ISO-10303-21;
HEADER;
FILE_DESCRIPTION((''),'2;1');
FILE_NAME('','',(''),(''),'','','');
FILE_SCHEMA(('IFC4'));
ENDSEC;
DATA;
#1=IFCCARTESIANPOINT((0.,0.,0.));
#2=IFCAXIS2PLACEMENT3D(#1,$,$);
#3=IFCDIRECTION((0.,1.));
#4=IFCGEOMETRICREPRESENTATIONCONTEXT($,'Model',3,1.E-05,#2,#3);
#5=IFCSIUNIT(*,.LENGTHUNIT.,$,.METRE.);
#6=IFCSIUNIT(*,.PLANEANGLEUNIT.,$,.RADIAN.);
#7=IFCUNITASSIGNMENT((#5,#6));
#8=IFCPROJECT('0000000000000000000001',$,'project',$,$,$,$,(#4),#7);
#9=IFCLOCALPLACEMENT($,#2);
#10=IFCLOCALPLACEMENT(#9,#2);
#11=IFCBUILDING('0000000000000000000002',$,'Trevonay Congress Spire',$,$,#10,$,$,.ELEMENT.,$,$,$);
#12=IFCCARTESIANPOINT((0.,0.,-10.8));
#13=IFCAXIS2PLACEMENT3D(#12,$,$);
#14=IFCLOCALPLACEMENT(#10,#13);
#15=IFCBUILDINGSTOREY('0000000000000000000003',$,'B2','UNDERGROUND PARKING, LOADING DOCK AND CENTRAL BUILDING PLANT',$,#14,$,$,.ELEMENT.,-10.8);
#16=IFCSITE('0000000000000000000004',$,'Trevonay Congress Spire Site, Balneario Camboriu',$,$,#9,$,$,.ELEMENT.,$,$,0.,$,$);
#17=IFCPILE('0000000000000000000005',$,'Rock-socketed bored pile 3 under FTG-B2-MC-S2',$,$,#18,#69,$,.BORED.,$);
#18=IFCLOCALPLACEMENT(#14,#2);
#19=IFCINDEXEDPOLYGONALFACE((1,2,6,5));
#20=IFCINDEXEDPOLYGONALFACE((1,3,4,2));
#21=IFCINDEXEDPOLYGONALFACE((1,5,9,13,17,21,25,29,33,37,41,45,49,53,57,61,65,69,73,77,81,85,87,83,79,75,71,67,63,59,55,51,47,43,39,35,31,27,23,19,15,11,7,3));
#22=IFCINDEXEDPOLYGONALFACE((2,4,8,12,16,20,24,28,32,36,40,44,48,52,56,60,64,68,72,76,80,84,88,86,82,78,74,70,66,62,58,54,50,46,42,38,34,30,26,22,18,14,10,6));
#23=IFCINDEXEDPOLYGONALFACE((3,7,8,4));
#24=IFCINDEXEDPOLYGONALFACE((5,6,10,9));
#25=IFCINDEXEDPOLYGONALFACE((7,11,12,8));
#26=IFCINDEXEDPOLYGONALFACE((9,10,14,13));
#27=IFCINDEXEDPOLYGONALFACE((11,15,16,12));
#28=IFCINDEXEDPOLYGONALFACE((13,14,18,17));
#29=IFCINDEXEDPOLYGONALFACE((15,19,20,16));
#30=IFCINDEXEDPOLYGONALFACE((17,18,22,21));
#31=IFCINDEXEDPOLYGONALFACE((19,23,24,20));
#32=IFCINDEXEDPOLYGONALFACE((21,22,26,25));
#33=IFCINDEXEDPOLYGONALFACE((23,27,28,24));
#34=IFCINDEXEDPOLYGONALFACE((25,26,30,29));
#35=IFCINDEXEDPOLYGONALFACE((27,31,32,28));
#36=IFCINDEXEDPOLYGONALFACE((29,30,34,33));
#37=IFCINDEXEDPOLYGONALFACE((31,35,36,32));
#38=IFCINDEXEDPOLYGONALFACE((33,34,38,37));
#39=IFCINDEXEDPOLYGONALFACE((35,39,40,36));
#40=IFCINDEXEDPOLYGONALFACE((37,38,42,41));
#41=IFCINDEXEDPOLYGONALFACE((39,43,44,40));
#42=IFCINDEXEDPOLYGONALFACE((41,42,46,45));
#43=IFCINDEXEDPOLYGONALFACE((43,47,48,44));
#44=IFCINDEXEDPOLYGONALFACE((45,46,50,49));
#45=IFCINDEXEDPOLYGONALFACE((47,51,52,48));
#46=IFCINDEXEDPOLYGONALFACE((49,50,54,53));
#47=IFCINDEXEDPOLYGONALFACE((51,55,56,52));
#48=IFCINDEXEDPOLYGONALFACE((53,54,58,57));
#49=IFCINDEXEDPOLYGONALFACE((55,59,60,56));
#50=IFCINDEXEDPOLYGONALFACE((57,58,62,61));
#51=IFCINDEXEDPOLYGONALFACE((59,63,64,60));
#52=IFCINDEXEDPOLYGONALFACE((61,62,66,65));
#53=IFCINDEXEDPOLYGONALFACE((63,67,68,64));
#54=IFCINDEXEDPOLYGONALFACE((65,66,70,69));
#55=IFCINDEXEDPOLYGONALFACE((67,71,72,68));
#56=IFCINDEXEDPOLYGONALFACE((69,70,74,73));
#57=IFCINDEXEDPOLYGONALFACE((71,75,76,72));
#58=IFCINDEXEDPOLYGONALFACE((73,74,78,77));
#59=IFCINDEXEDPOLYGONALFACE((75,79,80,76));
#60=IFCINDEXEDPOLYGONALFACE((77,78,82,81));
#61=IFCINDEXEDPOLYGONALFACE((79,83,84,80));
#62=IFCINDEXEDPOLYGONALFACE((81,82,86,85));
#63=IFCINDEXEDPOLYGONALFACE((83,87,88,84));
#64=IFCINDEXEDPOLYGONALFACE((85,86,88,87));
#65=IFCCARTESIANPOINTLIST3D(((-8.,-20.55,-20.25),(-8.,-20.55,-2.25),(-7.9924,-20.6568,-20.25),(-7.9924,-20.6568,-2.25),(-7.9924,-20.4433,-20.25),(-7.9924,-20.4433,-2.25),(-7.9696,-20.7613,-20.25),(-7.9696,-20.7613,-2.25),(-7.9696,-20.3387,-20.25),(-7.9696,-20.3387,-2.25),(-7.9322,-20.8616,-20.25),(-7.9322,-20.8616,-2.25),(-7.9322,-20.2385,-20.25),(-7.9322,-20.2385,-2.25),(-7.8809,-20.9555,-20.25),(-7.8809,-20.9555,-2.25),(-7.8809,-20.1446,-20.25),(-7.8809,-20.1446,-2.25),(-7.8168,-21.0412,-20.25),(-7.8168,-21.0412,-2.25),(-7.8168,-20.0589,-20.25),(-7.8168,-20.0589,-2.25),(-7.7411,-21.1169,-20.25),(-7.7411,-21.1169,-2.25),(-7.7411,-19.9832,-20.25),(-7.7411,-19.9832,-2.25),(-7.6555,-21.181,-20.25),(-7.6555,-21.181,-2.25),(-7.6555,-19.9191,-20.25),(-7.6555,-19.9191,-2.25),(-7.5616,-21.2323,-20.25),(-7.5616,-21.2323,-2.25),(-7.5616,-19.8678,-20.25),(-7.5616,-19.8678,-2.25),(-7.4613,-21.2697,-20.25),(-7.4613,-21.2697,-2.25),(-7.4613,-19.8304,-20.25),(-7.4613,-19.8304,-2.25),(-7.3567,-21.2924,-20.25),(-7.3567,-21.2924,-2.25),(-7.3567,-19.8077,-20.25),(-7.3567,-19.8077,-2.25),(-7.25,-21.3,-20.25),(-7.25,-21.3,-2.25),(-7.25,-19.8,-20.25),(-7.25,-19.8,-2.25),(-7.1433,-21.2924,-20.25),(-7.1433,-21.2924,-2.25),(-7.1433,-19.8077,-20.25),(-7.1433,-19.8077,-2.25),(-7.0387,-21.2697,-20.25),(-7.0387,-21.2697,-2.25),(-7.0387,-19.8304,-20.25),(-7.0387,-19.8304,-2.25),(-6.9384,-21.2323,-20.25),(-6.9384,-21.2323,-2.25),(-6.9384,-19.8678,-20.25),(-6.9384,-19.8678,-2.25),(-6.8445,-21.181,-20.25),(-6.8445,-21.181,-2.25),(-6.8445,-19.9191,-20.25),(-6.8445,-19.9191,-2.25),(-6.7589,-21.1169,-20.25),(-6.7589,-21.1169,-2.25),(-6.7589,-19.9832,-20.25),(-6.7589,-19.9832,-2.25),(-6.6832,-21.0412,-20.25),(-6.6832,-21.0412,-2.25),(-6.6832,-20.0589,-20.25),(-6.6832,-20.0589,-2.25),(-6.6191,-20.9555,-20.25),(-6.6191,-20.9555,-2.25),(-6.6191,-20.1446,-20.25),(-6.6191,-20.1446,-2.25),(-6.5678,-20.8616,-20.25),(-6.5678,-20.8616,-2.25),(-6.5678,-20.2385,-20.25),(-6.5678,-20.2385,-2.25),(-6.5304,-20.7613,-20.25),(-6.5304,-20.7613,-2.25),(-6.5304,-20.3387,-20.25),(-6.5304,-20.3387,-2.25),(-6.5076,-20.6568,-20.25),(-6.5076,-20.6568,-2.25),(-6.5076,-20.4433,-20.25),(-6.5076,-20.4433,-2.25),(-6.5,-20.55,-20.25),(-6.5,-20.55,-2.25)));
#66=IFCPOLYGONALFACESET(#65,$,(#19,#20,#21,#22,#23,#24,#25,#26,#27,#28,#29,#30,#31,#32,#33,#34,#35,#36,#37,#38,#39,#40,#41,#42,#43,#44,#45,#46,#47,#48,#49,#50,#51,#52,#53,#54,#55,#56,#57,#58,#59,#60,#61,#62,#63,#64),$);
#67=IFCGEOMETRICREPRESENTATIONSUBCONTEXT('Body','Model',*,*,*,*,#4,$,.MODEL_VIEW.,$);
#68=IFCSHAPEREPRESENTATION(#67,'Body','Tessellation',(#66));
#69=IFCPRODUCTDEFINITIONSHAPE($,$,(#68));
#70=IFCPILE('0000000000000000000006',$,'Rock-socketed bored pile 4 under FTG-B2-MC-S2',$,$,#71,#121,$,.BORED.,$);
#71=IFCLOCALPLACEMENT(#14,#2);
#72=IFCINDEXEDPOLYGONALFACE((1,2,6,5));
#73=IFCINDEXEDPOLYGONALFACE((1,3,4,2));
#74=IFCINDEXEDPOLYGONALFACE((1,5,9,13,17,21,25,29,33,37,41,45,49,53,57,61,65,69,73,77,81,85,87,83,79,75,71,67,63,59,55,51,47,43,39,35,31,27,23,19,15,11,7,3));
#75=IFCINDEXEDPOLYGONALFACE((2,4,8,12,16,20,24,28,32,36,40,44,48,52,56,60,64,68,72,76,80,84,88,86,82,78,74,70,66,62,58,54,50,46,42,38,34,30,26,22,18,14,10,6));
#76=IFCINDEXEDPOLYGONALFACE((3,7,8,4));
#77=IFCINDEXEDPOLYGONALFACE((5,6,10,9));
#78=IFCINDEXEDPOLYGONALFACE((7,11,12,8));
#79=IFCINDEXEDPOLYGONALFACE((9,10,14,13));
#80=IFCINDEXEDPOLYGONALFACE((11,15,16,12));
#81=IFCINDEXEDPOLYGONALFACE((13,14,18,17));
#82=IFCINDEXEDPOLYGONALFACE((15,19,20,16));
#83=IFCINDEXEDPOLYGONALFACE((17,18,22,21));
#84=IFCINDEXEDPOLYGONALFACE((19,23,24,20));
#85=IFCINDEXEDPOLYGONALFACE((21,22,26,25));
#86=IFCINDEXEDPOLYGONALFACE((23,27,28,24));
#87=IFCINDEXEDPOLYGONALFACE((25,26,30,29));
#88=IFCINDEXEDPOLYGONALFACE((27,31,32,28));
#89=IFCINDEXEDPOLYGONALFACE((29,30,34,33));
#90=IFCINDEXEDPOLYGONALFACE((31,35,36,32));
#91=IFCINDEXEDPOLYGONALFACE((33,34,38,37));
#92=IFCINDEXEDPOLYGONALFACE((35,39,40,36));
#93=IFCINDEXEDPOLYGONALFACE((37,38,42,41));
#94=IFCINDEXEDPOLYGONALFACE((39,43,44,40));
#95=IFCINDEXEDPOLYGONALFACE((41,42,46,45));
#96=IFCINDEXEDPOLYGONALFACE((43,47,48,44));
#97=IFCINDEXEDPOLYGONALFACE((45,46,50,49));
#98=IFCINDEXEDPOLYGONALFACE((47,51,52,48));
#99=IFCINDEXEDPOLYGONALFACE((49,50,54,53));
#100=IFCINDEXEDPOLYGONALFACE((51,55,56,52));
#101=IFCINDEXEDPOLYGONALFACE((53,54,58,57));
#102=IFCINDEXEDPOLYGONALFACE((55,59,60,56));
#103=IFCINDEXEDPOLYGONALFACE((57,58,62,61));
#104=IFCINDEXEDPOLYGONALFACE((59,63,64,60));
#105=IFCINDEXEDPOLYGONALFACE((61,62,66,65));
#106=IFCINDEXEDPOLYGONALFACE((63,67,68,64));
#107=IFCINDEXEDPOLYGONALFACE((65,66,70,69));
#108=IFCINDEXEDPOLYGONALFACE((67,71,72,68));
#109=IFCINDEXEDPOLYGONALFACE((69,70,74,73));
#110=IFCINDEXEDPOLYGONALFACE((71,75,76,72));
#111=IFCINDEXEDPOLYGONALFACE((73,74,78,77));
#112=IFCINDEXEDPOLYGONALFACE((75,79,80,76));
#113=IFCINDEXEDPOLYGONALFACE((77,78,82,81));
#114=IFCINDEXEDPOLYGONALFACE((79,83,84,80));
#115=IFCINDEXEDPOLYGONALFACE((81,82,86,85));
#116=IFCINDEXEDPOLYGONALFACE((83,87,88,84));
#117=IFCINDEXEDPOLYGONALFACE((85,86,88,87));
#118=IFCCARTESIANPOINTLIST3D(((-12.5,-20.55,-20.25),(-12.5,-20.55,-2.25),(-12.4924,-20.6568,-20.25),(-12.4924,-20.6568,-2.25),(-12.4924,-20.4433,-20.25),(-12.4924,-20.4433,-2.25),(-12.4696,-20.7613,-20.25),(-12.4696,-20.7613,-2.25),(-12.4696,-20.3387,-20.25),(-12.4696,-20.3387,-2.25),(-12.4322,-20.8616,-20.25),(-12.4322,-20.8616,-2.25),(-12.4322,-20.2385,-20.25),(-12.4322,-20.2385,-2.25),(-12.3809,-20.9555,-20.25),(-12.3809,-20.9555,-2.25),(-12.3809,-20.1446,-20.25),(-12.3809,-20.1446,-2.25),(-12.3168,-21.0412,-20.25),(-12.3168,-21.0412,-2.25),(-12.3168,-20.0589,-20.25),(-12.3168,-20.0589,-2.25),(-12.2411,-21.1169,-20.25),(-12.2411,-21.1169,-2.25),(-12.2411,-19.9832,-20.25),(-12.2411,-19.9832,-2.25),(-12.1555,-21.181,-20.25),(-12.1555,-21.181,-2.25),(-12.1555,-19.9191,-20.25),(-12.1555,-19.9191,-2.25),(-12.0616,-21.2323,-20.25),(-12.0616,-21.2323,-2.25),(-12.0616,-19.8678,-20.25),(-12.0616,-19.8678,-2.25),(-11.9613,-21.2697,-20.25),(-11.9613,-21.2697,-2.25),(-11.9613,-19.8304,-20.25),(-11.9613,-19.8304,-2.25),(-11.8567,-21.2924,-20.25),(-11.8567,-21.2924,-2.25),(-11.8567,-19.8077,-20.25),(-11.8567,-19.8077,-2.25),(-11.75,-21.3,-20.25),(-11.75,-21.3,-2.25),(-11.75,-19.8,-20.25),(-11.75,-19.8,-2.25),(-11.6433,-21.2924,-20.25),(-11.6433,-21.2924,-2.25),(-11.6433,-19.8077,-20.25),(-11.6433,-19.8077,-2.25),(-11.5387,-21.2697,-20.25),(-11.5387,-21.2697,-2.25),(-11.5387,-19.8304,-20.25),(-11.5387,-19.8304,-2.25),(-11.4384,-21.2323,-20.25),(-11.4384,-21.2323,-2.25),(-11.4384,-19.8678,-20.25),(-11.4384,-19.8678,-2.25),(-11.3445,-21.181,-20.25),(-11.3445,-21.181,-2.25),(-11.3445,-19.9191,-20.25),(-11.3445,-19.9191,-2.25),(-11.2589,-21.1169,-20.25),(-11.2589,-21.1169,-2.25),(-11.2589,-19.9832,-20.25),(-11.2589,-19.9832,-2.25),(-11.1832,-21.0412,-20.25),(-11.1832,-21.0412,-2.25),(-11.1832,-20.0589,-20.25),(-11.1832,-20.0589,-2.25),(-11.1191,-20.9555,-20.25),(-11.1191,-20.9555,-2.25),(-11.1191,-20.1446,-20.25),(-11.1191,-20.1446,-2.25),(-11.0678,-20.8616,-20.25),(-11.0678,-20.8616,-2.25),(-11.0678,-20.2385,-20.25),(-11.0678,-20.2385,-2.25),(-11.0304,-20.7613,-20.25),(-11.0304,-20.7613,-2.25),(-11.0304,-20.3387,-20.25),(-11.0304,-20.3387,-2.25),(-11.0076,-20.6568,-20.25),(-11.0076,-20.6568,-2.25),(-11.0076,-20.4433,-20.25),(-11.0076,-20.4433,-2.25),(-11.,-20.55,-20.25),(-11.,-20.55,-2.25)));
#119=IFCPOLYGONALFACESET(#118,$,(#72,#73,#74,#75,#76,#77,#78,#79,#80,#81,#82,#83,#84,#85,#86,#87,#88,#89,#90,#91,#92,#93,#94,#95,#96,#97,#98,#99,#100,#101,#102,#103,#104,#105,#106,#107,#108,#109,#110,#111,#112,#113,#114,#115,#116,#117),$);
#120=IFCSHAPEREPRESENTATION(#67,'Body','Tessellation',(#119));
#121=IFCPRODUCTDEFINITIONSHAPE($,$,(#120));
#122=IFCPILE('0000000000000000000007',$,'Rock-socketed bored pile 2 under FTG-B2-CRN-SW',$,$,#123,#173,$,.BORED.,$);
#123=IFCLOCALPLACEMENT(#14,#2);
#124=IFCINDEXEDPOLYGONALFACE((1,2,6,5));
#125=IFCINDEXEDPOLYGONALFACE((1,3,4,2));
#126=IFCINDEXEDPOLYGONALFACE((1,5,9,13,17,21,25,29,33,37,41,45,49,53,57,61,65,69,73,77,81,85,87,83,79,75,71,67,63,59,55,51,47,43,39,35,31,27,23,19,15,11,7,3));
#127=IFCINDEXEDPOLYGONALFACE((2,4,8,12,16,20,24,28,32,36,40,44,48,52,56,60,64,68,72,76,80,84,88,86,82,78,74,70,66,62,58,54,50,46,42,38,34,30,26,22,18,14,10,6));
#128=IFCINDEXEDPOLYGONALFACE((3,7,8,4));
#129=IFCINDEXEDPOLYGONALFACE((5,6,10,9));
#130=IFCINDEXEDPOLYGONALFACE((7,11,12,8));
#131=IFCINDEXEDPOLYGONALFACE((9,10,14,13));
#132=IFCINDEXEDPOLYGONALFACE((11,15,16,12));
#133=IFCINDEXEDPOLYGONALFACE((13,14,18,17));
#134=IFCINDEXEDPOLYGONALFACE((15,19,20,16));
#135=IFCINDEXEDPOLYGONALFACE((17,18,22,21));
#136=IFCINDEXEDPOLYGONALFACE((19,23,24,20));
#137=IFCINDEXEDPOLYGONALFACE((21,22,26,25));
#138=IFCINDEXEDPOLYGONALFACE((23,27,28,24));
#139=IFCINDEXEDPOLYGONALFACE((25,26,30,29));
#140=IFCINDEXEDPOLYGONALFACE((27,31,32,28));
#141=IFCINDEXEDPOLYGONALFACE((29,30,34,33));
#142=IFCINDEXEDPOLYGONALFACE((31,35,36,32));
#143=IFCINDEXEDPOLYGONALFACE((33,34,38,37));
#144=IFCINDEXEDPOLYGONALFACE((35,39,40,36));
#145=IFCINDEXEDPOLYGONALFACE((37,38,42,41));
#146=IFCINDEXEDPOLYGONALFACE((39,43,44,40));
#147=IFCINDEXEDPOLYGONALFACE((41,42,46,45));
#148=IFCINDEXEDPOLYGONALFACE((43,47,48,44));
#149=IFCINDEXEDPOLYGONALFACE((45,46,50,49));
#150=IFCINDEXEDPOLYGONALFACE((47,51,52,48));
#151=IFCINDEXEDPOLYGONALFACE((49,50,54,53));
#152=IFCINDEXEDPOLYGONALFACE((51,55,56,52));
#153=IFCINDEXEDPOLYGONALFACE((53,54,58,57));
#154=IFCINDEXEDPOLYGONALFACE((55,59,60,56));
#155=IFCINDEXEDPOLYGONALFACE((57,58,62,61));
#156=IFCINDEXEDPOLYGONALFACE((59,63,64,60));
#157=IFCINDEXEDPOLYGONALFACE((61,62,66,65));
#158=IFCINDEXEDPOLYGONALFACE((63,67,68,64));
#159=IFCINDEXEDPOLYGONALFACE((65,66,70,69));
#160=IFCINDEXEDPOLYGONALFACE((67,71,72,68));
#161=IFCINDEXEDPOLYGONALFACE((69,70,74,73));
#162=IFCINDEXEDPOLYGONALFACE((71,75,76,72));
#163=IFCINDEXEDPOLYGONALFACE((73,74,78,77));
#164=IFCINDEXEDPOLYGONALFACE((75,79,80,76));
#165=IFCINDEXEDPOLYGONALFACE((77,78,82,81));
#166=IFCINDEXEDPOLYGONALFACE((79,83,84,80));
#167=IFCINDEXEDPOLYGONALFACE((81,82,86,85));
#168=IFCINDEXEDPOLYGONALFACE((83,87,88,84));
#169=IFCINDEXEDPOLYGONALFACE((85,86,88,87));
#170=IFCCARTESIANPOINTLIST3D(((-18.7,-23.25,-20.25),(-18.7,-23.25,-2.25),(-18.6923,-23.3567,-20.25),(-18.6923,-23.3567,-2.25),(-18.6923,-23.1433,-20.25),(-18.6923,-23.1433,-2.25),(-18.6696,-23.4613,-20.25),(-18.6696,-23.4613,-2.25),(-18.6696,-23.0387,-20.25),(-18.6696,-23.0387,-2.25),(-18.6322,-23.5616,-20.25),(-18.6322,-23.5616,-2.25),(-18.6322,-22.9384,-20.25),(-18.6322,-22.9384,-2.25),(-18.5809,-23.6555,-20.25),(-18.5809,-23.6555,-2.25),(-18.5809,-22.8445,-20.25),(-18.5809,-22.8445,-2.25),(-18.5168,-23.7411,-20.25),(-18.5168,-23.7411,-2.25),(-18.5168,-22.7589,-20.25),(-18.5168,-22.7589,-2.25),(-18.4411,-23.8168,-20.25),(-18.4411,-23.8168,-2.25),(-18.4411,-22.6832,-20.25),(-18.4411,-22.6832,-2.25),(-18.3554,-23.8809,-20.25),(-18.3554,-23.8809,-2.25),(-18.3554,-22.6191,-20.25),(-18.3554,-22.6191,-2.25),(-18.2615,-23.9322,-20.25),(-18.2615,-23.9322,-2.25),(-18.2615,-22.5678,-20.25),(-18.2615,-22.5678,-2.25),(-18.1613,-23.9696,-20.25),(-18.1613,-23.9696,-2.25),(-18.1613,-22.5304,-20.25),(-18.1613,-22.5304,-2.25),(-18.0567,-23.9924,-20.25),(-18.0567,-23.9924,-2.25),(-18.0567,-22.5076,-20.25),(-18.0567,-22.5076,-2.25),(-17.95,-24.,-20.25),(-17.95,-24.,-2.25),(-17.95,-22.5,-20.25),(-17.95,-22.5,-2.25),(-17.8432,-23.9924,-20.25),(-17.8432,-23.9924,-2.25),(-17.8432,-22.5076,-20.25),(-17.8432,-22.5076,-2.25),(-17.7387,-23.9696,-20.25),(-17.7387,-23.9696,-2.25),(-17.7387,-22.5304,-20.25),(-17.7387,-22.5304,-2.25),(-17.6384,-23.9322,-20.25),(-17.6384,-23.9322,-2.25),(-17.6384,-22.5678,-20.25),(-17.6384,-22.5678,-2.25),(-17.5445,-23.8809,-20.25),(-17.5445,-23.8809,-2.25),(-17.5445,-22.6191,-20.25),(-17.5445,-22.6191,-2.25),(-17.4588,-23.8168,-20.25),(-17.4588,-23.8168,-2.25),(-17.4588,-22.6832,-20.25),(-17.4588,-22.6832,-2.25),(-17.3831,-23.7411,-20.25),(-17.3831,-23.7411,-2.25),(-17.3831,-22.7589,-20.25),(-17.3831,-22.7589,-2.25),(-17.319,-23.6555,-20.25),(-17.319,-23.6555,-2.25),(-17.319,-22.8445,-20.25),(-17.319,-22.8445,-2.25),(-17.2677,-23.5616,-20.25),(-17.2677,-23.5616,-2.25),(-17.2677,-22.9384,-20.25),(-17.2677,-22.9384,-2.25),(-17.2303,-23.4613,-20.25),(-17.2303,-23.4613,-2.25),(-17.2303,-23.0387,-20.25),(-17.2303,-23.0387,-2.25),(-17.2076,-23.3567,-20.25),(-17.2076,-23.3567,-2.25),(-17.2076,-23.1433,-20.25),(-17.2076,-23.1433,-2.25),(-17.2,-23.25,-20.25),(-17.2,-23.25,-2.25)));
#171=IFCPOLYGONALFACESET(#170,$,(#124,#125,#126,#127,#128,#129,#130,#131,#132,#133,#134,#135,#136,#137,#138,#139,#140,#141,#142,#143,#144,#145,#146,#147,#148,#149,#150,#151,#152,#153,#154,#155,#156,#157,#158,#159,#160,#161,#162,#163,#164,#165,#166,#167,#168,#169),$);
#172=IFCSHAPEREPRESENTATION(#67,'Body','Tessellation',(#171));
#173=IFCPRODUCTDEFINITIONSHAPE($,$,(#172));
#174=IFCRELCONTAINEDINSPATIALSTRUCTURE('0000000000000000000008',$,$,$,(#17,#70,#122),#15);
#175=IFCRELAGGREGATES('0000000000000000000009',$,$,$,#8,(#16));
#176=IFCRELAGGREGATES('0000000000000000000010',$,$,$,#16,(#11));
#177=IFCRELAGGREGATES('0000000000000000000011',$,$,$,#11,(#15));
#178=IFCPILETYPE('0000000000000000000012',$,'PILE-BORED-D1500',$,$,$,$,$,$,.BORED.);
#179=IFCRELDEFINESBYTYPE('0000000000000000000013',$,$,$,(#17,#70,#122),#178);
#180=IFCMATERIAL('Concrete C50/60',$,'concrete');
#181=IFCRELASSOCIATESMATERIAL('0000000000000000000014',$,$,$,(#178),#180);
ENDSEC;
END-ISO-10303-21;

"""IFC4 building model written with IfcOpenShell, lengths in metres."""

from ifc_helpers import new_model, si_unit, direction, frame, origin, origin_2d, place, context, subcontext, project, spatial, circle, extrude, material, material_profile, profile_set, type_object, element, save


model = new_model("IFC4")

# Units and contexts
model_context = context("Model", 3, precision=1e-05, world=origin(), true_north=direction((0.0, 1.0)))
body_context = subcontext(model_context, "Body", "Model", "MODEL_VIEW")
ifc_project = project(units=[si_unit("LENGTHUNIT", "METRE"), si_unit("PLANEANGLEUNIT", "RADIAN")], contexts=[model_context])

# Site, building, storey
site_placement = place(None, origin())
site = spatial("IfcSite", under=ifc_project, at=site_placement, Name="Trevonay Congress Spire Site, Balneario Camboriu", CompositionType="ELEMENT", RefElevation=0.0)
building_placement = place(site_placement, origin())
building = spatial("IfcBuilding", under=site, at=building_placement, Name="Trevonay Congress Spire", CompositionType="ELEMENT")
storey_placement = place(building_placement, frame((0.0, 0.0, -10.8)))
storey = spatial("IfcBuildingStorey", under=building, at=storey_placement, Name="B2", Description="UNDERGROUND PARKING, LOADING DOCK AND CENTRAL BUILDING PLANT", CompositionType="ELEMENT", Elevation=-10.8)

# Shared definitions
ifc_material_1 = material(Name="Concrete C50/60", Category="concrete")

# Piles
ifc_material_profile_1 = material_profile(ifc_material_1, circle(Radius=0.75, at=origin_2d()), Name="PILE D1500")
ifc_profile_set_1 = profile_set([ifc_material_profile_1], Name="Concrete C50/60")
pile_type_1 = type_object("IfcPileType", Name="PILE-BORED-D1500", PredefinedType="BORED", material=ifc_profile_set_1)
for number, where, z_axis, x_axis, name in (
    (1, (-7.25, -20.55, -2.25), (0.0, 0.0, -1.0), (1.0, 0.0, 0.0), "Rock-socketed bored pile 3 under FTG-B2-MC-S2"),
    (2, (-11.75, -20.55, -2.25), (0.0, 0.0, -1.0), (1.0, 0.0, 0.0), "Rock-socketed bored pile 4 under FTG-B2-MC-S2"),
    (3, (-17.95, -23.25, -2.25), (0.0, 0.0, -1.0), (1.0, 0.0, 0.0), "Rock-socketed bored pile 2 under FTG-B2-CRN-SW"),
):
    element("IfcPile", number, at=place(storey_placement, frame(where, z_axis=z_axis, x_axis=x_axis)), inside=storey, type_object=pile_type_1, Name=name, PredefinedType="BORED", context=body_context, shape_type="SweptSolid", body=[
        extrude(circle(Radius=0.75, at=origin_2d()), origin(), (0.0, 0.0, 1.0), 18.0),
    ])

save(model, "model.ifc")
